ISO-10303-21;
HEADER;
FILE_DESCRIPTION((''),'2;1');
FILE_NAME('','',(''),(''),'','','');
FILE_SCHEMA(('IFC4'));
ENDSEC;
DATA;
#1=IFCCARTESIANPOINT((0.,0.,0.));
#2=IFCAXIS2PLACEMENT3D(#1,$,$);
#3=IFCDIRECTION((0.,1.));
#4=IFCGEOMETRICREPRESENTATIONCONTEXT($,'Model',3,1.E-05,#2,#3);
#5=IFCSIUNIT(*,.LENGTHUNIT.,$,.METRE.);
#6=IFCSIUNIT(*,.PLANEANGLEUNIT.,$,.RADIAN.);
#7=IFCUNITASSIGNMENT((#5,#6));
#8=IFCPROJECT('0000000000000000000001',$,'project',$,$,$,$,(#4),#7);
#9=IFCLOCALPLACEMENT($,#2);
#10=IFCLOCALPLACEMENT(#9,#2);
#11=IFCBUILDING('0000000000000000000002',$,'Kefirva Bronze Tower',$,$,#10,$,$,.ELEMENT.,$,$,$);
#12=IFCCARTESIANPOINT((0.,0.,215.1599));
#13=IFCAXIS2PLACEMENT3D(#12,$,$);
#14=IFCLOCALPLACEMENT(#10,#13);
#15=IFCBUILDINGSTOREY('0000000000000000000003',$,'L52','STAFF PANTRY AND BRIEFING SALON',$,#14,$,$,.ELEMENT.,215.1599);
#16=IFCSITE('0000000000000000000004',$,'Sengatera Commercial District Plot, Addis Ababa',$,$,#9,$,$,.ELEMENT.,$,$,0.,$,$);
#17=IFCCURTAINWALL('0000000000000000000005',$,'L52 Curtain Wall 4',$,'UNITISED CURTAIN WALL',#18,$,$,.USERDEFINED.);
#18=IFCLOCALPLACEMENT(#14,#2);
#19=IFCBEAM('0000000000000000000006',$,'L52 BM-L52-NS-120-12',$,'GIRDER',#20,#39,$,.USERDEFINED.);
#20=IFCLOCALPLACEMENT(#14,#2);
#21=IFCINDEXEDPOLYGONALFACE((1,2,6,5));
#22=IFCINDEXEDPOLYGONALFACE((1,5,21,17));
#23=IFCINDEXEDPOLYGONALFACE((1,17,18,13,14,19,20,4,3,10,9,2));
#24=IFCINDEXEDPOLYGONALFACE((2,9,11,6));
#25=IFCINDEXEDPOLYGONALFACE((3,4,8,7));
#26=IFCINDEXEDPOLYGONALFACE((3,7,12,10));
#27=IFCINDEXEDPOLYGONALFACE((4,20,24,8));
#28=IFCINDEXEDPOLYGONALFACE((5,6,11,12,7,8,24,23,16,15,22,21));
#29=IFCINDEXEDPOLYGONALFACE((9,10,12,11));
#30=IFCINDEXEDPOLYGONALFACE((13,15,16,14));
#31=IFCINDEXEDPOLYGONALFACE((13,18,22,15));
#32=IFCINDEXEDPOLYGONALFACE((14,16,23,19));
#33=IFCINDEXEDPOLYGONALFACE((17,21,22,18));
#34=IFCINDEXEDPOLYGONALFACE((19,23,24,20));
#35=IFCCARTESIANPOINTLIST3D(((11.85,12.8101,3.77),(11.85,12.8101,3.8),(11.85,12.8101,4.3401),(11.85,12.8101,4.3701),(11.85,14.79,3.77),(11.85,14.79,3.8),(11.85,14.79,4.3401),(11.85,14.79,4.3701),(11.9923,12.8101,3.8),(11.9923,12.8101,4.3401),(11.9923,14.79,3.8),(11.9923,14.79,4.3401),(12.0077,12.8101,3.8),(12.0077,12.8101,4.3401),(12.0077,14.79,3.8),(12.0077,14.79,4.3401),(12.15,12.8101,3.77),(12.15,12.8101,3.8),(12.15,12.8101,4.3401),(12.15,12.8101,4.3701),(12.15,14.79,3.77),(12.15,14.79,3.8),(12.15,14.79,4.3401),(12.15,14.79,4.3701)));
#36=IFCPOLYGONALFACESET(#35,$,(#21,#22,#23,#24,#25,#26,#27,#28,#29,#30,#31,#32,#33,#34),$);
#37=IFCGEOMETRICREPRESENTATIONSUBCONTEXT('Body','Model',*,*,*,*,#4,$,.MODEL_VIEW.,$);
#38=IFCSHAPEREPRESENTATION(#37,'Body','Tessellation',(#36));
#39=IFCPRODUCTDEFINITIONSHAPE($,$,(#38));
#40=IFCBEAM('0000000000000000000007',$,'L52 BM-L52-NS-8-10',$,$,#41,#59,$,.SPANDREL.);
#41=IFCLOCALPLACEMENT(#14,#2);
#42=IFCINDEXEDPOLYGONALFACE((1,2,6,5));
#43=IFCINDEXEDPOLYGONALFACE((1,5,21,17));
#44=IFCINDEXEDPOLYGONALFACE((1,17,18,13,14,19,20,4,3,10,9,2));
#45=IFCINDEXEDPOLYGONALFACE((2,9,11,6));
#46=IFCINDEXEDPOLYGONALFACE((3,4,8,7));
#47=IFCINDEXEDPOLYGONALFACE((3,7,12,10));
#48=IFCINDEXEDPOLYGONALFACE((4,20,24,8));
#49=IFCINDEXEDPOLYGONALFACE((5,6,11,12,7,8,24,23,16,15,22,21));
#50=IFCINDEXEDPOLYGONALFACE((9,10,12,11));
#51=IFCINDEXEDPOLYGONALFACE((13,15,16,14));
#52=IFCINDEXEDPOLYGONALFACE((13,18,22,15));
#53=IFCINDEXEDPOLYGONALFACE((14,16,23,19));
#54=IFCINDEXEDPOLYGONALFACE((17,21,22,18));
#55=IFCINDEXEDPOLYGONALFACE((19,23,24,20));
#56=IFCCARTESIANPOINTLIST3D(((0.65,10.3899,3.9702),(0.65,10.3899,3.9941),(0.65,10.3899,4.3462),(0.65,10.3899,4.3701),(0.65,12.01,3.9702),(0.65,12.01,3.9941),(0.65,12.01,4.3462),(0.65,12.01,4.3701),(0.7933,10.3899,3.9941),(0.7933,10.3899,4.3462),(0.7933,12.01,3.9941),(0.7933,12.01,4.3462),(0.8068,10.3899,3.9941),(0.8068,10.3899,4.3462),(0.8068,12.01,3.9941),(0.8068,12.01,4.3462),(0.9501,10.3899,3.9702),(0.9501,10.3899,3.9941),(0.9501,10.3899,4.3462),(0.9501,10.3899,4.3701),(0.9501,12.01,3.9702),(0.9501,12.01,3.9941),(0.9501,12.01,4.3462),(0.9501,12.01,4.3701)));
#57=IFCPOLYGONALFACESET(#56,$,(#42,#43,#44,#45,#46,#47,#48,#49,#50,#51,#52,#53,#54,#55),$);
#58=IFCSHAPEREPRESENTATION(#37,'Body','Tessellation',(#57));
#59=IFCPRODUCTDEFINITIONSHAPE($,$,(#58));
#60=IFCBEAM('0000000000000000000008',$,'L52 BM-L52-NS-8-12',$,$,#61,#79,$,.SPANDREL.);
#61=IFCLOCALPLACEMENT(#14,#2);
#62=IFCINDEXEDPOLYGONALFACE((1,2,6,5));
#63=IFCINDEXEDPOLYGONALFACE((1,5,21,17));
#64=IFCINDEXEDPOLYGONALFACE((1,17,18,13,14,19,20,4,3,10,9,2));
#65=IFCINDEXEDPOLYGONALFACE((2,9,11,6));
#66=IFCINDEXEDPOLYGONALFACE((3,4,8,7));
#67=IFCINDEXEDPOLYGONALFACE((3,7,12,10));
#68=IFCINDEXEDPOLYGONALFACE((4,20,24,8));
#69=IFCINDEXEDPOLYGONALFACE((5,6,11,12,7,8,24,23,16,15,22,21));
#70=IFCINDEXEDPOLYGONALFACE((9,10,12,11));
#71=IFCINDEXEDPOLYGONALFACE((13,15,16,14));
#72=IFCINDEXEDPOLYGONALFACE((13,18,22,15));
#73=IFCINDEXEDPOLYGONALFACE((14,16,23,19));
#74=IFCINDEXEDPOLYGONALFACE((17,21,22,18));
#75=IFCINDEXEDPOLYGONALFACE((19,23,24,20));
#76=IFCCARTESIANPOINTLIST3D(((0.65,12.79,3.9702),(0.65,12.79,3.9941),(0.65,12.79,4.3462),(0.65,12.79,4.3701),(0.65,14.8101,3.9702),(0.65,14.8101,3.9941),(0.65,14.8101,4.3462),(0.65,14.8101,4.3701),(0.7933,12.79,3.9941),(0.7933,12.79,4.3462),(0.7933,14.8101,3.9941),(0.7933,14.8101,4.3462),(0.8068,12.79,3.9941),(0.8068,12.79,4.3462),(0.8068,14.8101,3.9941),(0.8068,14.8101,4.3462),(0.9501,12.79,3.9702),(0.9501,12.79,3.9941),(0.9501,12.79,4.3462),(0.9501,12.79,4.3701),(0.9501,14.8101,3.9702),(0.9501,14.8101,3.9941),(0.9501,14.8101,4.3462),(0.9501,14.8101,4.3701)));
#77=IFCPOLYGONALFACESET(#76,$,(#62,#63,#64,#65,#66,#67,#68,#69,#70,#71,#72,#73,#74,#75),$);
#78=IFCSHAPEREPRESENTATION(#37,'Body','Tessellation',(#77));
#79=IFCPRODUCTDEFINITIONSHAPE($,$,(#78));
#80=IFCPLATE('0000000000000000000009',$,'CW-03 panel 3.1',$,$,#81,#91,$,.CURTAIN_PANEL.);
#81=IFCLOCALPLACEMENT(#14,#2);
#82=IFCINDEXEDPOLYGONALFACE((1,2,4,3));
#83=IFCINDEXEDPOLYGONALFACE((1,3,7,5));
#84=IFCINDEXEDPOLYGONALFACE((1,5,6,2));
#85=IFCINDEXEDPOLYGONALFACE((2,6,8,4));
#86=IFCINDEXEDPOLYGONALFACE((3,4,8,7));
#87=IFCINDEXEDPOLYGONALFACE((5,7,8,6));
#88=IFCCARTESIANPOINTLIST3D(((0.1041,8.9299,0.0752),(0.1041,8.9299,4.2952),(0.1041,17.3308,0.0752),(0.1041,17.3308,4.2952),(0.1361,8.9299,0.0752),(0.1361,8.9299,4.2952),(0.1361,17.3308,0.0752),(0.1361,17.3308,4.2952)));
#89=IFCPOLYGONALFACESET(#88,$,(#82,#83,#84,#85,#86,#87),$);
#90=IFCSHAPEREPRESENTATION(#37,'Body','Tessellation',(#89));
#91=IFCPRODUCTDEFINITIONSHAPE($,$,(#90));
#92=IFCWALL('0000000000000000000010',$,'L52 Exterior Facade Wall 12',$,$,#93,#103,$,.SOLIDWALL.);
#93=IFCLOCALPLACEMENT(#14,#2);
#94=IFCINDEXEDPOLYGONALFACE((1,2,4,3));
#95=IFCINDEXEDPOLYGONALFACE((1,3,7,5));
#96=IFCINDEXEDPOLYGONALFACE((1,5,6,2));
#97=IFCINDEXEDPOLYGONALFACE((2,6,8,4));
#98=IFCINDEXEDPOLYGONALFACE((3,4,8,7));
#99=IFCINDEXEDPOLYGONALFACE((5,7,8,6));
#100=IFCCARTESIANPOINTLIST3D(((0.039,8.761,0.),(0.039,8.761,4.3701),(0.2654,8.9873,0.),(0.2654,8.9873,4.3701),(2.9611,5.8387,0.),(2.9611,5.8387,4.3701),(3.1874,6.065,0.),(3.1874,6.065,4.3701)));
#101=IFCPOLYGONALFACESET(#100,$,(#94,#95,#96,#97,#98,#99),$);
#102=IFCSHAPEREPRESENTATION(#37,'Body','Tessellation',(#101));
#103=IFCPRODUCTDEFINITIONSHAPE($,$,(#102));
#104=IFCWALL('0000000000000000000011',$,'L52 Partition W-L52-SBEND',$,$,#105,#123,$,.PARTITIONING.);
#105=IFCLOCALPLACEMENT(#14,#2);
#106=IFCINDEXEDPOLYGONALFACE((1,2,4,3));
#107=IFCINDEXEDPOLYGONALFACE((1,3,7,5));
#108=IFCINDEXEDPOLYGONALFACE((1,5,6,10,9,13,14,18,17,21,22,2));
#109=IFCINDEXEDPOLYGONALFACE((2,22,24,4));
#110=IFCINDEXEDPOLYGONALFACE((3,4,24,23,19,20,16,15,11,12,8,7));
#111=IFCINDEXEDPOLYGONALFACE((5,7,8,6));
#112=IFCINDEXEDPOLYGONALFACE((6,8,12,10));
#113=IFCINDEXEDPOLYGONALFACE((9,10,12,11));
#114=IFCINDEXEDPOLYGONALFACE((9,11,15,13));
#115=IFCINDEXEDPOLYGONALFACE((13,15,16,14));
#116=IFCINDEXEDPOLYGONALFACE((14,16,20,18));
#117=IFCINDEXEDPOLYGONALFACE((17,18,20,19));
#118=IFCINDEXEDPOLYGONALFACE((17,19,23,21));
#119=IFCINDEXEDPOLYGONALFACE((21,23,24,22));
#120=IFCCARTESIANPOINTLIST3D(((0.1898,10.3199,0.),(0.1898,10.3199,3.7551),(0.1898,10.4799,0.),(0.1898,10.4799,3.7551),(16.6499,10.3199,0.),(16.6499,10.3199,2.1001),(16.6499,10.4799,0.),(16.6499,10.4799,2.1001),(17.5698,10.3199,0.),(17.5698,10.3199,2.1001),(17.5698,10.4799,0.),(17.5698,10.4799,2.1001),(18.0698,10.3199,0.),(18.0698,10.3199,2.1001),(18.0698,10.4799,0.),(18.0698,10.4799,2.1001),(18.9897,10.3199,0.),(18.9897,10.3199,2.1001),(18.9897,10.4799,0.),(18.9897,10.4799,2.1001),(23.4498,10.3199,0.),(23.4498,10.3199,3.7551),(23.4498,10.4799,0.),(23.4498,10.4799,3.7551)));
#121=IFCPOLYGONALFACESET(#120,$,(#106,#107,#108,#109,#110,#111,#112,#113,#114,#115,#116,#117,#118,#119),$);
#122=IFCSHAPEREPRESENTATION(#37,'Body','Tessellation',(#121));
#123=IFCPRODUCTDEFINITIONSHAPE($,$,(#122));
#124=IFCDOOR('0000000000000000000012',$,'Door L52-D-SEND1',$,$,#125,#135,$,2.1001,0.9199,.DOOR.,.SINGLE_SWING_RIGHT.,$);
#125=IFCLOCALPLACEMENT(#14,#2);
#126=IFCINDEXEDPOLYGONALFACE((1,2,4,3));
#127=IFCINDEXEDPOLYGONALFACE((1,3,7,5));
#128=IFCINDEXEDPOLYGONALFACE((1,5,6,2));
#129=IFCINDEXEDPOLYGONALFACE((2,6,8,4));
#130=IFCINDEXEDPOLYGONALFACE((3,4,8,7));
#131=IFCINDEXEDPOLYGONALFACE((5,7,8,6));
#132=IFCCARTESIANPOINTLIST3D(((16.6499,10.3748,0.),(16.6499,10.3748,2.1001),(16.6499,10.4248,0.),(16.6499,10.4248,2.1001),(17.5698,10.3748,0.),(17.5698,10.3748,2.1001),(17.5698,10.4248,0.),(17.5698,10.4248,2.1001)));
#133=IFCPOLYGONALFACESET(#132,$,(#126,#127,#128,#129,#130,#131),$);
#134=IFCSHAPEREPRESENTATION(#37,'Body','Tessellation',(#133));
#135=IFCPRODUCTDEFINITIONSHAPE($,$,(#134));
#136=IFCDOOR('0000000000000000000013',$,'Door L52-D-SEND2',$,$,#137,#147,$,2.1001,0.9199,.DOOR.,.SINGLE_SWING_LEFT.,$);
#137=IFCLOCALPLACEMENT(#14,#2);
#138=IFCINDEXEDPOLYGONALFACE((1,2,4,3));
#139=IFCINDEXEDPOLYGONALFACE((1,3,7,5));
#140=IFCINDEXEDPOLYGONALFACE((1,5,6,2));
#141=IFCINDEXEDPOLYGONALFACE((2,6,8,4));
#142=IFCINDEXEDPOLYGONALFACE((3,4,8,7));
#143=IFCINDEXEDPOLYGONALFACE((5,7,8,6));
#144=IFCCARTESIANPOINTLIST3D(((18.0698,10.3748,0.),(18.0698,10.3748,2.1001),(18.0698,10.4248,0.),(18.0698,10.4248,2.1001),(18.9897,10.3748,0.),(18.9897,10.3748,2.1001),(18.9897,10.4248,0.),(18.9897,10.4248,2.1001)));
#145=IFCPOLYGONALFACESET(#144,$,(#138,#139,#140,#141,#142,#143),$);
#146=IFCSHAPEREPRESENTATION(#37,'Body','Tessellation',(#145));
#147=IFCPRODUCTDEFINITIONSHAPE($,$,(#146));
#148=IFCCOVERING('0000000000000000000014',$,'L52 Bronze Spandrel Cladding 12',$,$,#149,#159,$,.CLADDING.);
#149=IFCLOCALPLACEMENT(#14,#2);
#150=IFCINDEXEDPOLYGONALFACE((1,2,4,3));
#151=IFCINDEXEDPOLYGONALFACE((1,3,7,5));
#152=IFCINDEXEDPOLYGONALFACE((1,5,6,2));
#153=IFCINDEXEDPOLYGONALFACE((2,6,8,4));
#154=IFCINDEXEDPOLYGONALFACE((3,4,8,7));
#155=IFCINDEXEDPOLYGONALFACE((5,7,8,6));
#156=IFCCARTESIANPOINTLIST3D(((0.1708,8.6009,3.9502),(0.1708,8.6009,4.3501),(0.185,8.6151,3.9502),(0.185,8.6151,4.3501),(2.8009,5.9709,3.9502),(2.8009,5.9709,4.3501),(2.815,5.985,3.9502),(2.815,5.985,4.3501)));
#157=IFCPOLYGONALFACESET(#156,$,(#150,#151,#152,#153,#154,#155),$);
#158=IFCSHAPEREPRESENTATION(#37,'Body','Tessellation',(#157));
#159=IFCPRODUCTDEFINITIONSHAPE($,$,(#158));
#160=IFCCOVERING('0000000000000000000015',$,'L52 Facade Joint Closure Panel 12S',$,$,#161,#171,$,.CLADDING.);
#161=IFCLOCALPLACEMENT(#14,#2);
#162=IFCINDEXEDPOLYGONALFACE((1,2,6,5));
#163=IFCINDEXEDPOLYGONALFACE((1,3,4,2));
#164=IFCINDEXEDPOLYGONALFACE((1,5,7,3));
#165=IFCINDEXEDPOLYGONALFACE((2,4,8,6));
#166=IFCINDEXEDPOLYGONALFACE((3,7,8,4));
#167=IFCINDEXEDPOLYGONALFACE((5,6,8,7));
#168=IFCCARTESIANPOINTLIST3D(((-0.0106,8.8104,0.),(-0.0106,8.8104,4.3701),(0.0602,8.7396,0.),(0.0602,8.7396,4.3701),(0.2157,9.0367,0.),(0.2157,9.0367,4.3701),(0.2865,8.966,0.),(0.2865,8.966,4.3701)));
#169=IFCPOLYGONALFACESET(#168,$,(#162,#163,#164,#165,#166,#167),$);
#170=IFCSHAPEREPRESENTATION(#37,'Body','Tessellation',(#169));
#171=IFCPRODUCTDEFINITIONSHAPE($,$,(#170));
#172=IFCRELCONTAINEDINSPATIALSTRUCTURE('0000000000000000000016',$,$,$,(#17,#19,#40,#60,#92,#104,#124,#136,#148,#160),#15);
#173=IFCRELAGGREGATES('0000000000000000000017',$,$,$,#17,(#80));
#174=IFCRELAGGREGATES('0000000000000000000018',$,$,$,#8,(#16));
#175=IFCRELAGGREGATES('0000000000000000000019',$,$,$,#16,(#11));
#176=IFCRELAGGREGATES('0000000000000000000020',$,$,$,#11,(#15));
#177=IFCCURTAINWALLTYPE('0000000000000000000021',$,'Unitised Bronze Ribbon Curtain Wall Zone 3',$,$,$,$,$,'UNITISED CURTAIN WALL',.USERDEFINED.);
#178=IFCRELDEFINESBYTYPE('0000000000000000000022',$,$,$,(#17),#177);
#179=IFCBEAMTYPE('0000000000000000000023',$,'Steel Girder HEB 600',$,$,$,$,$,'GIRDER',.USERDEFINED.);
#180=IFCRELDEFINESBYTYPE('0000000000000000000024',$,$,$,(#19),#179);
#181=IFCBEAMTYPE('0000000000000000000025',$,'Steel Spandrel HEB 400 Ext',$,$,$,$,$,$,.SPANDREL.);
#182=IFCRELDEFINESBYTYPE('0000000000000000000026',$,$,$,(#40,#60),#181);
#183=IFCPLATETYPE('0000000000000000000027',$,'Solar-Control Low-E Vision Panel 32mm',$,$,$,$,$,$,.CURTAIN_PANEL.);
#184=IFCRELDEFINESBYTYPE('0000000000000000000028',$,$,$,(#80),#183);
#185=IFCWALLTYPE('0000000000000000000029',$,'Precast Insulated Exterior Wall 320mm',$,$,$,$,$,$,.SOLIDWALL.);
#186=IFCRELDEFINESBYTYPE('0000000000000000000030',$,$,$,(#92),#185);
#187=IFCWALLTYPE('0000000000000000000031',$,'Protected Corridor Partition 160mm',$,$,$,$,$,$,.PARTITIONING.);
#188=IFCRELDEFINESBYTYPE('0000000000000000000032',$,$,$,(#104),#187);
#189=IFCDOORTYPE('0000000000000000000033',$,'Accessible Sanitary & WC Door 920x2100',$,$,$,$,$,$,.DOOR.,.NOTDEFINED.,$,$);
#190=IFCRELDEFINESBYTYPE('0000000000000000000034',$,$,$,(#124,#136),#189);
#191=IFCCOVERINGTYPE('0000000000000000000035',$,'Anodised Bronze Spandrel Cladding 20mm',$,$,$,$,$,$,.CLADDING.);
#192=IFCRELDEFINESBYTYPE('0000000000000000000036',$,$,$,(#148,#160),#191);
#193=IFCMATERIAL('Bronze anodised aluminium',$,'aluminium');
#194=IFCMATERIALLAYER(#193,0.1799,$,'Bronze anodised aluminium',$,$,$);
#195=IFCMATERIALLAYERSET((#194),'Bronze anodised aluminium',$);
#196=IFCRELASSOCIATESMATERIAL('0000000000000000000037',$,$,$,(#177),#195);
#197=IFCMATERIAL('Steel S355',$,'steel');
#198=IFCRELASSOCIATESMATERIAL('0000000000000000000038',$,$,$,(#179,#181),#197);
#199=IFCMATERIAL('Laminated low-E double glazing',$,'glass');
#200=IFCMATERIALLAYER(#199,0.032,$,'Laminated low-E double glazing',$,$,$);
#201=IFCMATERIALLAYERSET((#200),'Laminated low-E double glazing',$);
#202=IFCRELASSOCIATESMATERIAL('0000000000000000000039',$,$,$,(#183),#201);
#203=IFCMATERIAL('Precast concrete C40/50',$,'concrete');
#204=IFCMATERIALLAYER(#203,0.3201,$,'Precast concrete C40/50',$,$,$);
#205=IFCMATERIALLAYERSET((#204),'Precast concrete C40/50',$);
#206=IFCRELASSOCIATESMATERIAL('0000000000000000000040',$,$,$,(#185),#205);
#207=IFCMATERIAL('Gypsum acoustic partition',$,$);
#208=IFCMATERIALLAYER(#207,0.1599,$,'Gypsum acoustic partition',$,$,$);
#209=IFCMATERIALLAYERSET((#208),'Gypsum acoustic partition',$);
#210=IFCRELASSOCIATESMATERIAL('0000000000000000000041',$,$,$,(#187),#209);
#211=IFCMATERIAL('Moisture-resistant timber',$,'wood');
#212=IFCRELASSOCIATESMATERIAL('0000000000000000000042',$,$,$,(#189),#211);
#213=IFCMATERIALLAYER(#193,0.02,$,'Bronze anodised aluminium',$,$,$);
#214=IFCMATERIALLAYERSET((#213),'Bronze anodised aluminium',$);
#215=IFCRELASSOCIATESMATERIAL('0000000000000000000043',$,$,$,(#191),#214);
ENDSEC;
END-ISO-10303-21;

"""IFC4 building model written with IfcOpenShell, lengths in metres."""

from ifc_helpers import new_model, si_unit, direction, frame, frame_2d, origin, origin_2d, place, context, subcontext, project, spatial, rectangle, i_section, extrude, material, layer, layer_set, material_profile, profile_set, type_object, element, fill, aggregate, save


model = new_model("IFC4")

# Units and contexts
model_context = context("Model", 3, precision=1e-05, world=origin(), true_north=direction((0.0, 1.0)))
body_context = subcontext(model_context, "Body", "Model", "MODEL_VIEW")
ifc_project = project(units=[si_unit("LENGTHUNIT", "METRE"), si_unit("PLANEANGLEUNIT", "RADIAN")], contexts=[model_context])

# Site, building, storey
site_placement = place(None, origin())
site = spatial("IfcSite", under=ifc_project, at=site_placement, Name="Sengatera Commercial District Plot, Addis Ababa", CompositionType="ELEMENT", RefElevation=0.0)
building_placement = place(site_placement, origin())
building = spatial("IfcBuilding", under=site, at=building_placement, Name="Kefirva Bronze Tower", CompositionType="ELEMENT")
storey_placement = place(building_placement, frame((0.0, 0.0, 215.1599)))
storey = spatial("IfcBuildingStorey", under=building, at=storey_placement, Name="L52", Description="STAFF PANTRY AND BRIEFING SALON", CompositionType="ELEMENT", Elevation=215.1599)

# Curtain wall
ifc_material_1 = material(Name="Bronze anodised aluminium", Category="aluminium")
ifc_layer_1 = layer(ifc_material_1, 0.1799, Name="Bronze anodised aluminium")
ifc_layer_set_1 = layer_set([ifc_layer_1], Name="Bronze anodised aluminium")
curtain_wall_type = type_object("IfcCurtainWallType", Name="Unitised Bronze Ribbon Curtain Wall Zone 3", ElementType="UNITISED CURTAIN WALL", PredefinedType="USERDEFINED", material=ifc_layer_set_1)
curtain_wall_placement = place(storey_placement, origin())
curtain_wall = element("IfcCurtainWall", 1, at=curtain_wall_placement, inside=storey, type_object=curtain_wall_type, Name="L52 Curtain Wall 4", ObjectType="UNITISED CURTAIN WALL", PredefinedType="USERDEFINED")

# Beams
ifc_material_2 = material(Name="Steel S355", Category="steel")
ifc_material_profile_1 = material_profile(ifc_material_2, i_section(OverallWidth=0.3, OverallDepth=0.6001, WebThickness=0.0154, FlangeThickness=0.03, at=origin_2d()), Name="HEB 600")
ifc_profile_set_1 = profile_set([ifc_material_profile_1], Name="Steel S355")
beam_type_1 = type_object("IfcBeamType", Name="Steel Girder HEB 600", ElementType="GIRDER", PredefinedType="USERDEFINED", material=ifc_profile_set_1)
beam_1_placement = place(storey_placement, frame((12.0, 12.8101, 4.0701), z_axis=(0.0, 1.0, 0.0), x_axis=(-1.0, 0.0, 0.0)))
element("IfcBeam", 2, at=beam_1_placement, inside=storey, type_object=beam_type_1, Name="L52 BM-L52-NS-120-12", ObjectType="GIRDER", PredefinedType="USERDEFINED", context=body_context, shape_type="SweptSolid", body=[
    extrude(i_section(OverallWidth=0.3, OverallDepth=0.6001, WebThickness=0.0154, FlangeThickness=0.03, at=origin_2d()), origin(), (0.0, 0.0, 1.0), 1.98),
])
ifc_material_profile_2 = material_profile(ifc_material_2, i_section(OverallWidth=0.3, OverallDepth=0.3999, WebThickness=0.0134, FlangeThickness=0.0239, at=origin_2d()), Name="HEB 400")
ifc_profile_set_2 = profile_set([ifc_material_profile_2], Name="Steel S355")
beam_type_2 = type_object("IfcBeamType", Name="Steel Spandrel HEB 400 Ext", PredefinedType="SPANDREL", material=ifc_profile_set_2)
beam_2_placement = place(storey_placement, frame((0.8, 10.3899, 4.1702), z_axis=(0.0, 1.0, 0.0), x_axis=(-1.0, 0.0, 0.0)))
element("IfcBeam", 3, at=beam_2_placement, inside=storey, type_object=beam_type_2, Name="L52 BM-L52-NS-8-10", PredefinedType="SPANDREL", context=body_context, shape_type="SweptSolid", body=[
    extrude(i_section(OverallWidth=0.3, OverallDepth=0.3999, WebThickness=0.0134, FlangeThickness=0.0239, at=origin_2d()), origin(), (0.0, 0.0, 1.0), 1.6201),
])
beam_3_placement = place(storey_placement, frame((0.8, 12.79, 4.1702), z_axis=(0.0, 1.0, 0.0), x_axis=(-1.0, 0.0, 0.0)))
element("IfcBeam", 4, at=beam_3_placement, inside=storey, type_object=beam_type_2, Name="L52 BM-L52-NS-8-12", PredefinedType="SPANDREL", context=body_context, shape_type="SweptSolid", body=[
    extrude(i_section(OverallWidth=0.3, OverallDepth=0.3999, WebThickness=0.0134, FlangeThickness=0.0239, at=origin_2d()), origin(), (0.0, 0.0, 1.0), 2.02),
])

# Plate
ifc_material_3 = material(Name="Laminated low-E double glazing", Category="glass")
ifc_layer_2 = layer(ifc_material_3, 0.032, Name="Laminated low-E double glazing")
ifc_layer_set_2 = layer_set([ifc_layer_2], Name="Laminated low-E double glazing")
plate_type = type_object("IfcPlateType", Name="Solar-Control Low-E Vision Panel 32mm", PredefinedType="CURTAIN_PANEL", material=ifc_layer_set_2)
plate_placement = place(storey_placement, frame((0.1201, 13.1304, 0.0752), z_axis=(0.0, 0.0, 1.0), x_axis=(0.0, -1.0, 0.0)))
plate = element("IfcPlate", 5, at=plate_placement, type_object=plate_type, Name="CW-03 panel 3.1", PredefinedType="CURTAIN_PANEL", context=body_context, shape_type="SweptSolid", body=[
    extrude(rectangle(XDim=8.4009, YDim=0.032, at=origin_2d()), origin(), (0.0, 0.0, 1.0), 4.22),
])
aggregate(curtain_wall, [plate])

# Wall
ifc_material_4 = material(Name="Precast concrete C40/50", Category="concrete")
ifc_layer_3 = layer(ifc_material_4, 0.3201, Name="Precast concrete C40/50")
ifc_layer_set_3 = layer_set([ifc_layer_3], Name="Precast concrete C40/50")
wall_type_1 = type_object("IfcWallType", Name="Precast Insulated Exterior Wall 320mm", PredefinedType="SOLIDWALL", material=ifc_layer_set_3)
wall_1_placement = place(storey_placement, frame((0.1521, 8.8743, 0.0), z_axis=(0.0, 0.0, 1.0), x_axis=(0.707077, -0.707136, 0.0)))
element("IfcWall", 6, at=wall_1_placement, inside=storey, type_object=wall_type_1, Name="L52 Exterior Facade Wall 12", PredefinedType="SOLIDWALL", context=body_context, shape_type="SweptSolid", body=[
    extrude(rectangle(XDim=4.1326, YDim=0.3201, at=frame_2d((2.0664, 0.0))), origin(), (0.0, 0.0, 1.0), 4.3701),
])

# Wall, openings, doors
ifc_material_5 = material(Name="Gypsum acoustic partition")
ifc_layer_4 = layer(ifc_material_5, 0.1599, Name="Gypsum acoustic partition")
ifc_layer_set_4 = layer_set([ifc_layer_4], Name="Gypsum acoustic partition")
wall_type_2 = type_object("IfcWallType", Name="Protected Corridor Partition 160mm", PredefinedType="PARTITIONING", material=ifc_layer_set_4)
wall_2_placement = place(storey_placement, frame((0.1899, 10.3999, 0.0), z_axis=(0.0, 0.0, 1.0), x_axis=(1.0, 0.0, 0.0)))
wall_2 = element("IfcWall", 7, at=wall_2_placement, inside=storey, type_object=wall_type_2, Name="L52 Partition W-L52-SBEND", PredefinedType="PARTITIONING", context=body_context, shape_type="SweptSolid", body=[
    extrude(rectangle(XDim=23.26, YDim=0.1599, at=frame_2d((11.6299, 0.0))), origin(), (0.0, 0.0, 1.0), 3.7551),
])
opening_1_placement = place(wall_2_placement, frame((16.46, 0.0, 0.0)))
opening_1 = element("IfcOpeningElement", 8, at=opening_1_placement, cuts=wall_2, PredefinedType="OPENING", context=body_context, shape_type="SweptSolid", body=[
    extrude(rectangle(XDim=0.9199, YDim=2.1001, at=frame_2d((0.46, 1.05))), frame((0.0, 0.0898, 0.0), z_axis=(0.0, -1.0, 0.0), x_axis=(1.0, 0.0, 0.0)), (0.0, 0.0, 1.0), 0.1799),
])
opening_2_placement = place(wall_2_placement, frame((17.8799, 0.0, 0.0)))
opening_2 = element("IfcOpeningElement", 9, at=opening_2_placement, cuts=wall_2, PredefinedType="OPENING", context=body_context, shape_type="SweptSolid", body=[
    extrude(rectangle(XDim=0.9199, YDim=2.1001, at=frame_2d((0.46, 1.05))), frame((0.0, 0.0898, 0.0), z_axis=(0.0, -1.0, 0.0), x_axis=(1.0, 0.0, 0.0)), (0.0, 0.0, 1.0), 0.1799),
])
ifc_material_6 = material(Name="Moisture-resistant timber", Category="wood")
door_type = type_object("IfcDoorType", Name="Accessible Sanitary & WC Door 920x2100", OperationType="NOTDEFINED", PredefinedType="DOOR", material=ifc_material_6)
door_1_placement = place(opening_1_placement, origin())
door_1 = element("IfcDoor", 10, at=door_1_placement, inside=storey, type_object=door_type, Name="Door L52-D-SEND1", OperationType="SINGLE_SWING_RIGHT", OverallHeight=2.1001, OverallWidth=0.9199, PredefinedType="DOOR", context=body_context, shape_type="SweptSolid", body=[
    extrude(rectangle(XDim=0.9199, YDim=2.1001, at=frame_2d((0.46, 1.05))), frame((0.0, 0.0249, 0.0), z_axis=(0.0, -1.0, 0.0), x_axis=(1.0, 0.0, 0.0)), (0.0, 0.0, 1.0), 0.05),
])
fill(opening_1, door_1)
door_2_placement = place(opening_2_placement, origin())
door_2 = element("IfcDoor", 11, at=door_2_placement, inside=storey, type_object=door_type, Name="Door L52-D-SEND2", OperationType="SINGLE_SWING_LEFT", OverallHeight=2.1001, OverallWidth=0.9199, PredefinedType="DOOR", context=body_context, shape_type="SweptSolid", body=[
    extrude(rectangle(XDim=0.9199, YDim=2.1001, at=frame_2d((0.46, 1.05))), frame((0.0, 0.0249, 0.0), z_axis=(0.0, -1.0, 0.0), x_axis=(1.0, 0.0, 0.0)), (0.0, 0.0, 1.0), 0.05),
])
fill(opening_2, door_2)

# Coverings
ifc_layer_5 = layer(ifc_material_1, 0.02, Name="Bronze anodised aluminium")
ifc_layer_set_5 = layer_set([ifc_layer_5], Name="Bronze anodised aluminium")
covering_type_1 = type_object("IfcCoveringType", Name="Anodised Bronze Spandrel Cladding 20mm", PredefinedType="CLADDING", material=ifc_layer_set_5)
covering_1_placement = place(storey_placement, frame((1.4929, 7.293, 3.9502), z_axis=(0.0, 0.0, 1.0), x_axis=(0.707107, -0.707107, 0.0)))
element("IfcCovering", 12, at=covering_1_placement, inside=storey, type_object=covering_type_1, Name="L52 Bronze Spandrel Cladding 12", PredefinedType="CLADDING", context=body_context, shape_type="SweptSolid", body=[
    extrude(rectangle(XDim=3.7195, YDim=0.02, at=origin_2d()), origin(), (0.0, 0.0, 1.0), 0.3999),
])
covering_2_placement = place(storey_placement, frame((0.1379, 8.8882, 0.0), z_axis=(0.0, 0.0, 1.0), x_axis=(0.707107, -0.707107, 0.0)))
element("IfcCovering", 13, at=covering_2_placement, inside=storey, type_object=covering_type_1, Name="L52 Facade Joint Closure Panel 12S", PredefinedType="CLADDING", context=body_context, shape_type="SweptSolid", body=[
    extrude(rectangle(XDim=0.1001, YDim=0.3201, at=origin_2d()), origin(), (0.0, 0.0, 1.0), 4.3701),
])

save(model, "model.ifc")
